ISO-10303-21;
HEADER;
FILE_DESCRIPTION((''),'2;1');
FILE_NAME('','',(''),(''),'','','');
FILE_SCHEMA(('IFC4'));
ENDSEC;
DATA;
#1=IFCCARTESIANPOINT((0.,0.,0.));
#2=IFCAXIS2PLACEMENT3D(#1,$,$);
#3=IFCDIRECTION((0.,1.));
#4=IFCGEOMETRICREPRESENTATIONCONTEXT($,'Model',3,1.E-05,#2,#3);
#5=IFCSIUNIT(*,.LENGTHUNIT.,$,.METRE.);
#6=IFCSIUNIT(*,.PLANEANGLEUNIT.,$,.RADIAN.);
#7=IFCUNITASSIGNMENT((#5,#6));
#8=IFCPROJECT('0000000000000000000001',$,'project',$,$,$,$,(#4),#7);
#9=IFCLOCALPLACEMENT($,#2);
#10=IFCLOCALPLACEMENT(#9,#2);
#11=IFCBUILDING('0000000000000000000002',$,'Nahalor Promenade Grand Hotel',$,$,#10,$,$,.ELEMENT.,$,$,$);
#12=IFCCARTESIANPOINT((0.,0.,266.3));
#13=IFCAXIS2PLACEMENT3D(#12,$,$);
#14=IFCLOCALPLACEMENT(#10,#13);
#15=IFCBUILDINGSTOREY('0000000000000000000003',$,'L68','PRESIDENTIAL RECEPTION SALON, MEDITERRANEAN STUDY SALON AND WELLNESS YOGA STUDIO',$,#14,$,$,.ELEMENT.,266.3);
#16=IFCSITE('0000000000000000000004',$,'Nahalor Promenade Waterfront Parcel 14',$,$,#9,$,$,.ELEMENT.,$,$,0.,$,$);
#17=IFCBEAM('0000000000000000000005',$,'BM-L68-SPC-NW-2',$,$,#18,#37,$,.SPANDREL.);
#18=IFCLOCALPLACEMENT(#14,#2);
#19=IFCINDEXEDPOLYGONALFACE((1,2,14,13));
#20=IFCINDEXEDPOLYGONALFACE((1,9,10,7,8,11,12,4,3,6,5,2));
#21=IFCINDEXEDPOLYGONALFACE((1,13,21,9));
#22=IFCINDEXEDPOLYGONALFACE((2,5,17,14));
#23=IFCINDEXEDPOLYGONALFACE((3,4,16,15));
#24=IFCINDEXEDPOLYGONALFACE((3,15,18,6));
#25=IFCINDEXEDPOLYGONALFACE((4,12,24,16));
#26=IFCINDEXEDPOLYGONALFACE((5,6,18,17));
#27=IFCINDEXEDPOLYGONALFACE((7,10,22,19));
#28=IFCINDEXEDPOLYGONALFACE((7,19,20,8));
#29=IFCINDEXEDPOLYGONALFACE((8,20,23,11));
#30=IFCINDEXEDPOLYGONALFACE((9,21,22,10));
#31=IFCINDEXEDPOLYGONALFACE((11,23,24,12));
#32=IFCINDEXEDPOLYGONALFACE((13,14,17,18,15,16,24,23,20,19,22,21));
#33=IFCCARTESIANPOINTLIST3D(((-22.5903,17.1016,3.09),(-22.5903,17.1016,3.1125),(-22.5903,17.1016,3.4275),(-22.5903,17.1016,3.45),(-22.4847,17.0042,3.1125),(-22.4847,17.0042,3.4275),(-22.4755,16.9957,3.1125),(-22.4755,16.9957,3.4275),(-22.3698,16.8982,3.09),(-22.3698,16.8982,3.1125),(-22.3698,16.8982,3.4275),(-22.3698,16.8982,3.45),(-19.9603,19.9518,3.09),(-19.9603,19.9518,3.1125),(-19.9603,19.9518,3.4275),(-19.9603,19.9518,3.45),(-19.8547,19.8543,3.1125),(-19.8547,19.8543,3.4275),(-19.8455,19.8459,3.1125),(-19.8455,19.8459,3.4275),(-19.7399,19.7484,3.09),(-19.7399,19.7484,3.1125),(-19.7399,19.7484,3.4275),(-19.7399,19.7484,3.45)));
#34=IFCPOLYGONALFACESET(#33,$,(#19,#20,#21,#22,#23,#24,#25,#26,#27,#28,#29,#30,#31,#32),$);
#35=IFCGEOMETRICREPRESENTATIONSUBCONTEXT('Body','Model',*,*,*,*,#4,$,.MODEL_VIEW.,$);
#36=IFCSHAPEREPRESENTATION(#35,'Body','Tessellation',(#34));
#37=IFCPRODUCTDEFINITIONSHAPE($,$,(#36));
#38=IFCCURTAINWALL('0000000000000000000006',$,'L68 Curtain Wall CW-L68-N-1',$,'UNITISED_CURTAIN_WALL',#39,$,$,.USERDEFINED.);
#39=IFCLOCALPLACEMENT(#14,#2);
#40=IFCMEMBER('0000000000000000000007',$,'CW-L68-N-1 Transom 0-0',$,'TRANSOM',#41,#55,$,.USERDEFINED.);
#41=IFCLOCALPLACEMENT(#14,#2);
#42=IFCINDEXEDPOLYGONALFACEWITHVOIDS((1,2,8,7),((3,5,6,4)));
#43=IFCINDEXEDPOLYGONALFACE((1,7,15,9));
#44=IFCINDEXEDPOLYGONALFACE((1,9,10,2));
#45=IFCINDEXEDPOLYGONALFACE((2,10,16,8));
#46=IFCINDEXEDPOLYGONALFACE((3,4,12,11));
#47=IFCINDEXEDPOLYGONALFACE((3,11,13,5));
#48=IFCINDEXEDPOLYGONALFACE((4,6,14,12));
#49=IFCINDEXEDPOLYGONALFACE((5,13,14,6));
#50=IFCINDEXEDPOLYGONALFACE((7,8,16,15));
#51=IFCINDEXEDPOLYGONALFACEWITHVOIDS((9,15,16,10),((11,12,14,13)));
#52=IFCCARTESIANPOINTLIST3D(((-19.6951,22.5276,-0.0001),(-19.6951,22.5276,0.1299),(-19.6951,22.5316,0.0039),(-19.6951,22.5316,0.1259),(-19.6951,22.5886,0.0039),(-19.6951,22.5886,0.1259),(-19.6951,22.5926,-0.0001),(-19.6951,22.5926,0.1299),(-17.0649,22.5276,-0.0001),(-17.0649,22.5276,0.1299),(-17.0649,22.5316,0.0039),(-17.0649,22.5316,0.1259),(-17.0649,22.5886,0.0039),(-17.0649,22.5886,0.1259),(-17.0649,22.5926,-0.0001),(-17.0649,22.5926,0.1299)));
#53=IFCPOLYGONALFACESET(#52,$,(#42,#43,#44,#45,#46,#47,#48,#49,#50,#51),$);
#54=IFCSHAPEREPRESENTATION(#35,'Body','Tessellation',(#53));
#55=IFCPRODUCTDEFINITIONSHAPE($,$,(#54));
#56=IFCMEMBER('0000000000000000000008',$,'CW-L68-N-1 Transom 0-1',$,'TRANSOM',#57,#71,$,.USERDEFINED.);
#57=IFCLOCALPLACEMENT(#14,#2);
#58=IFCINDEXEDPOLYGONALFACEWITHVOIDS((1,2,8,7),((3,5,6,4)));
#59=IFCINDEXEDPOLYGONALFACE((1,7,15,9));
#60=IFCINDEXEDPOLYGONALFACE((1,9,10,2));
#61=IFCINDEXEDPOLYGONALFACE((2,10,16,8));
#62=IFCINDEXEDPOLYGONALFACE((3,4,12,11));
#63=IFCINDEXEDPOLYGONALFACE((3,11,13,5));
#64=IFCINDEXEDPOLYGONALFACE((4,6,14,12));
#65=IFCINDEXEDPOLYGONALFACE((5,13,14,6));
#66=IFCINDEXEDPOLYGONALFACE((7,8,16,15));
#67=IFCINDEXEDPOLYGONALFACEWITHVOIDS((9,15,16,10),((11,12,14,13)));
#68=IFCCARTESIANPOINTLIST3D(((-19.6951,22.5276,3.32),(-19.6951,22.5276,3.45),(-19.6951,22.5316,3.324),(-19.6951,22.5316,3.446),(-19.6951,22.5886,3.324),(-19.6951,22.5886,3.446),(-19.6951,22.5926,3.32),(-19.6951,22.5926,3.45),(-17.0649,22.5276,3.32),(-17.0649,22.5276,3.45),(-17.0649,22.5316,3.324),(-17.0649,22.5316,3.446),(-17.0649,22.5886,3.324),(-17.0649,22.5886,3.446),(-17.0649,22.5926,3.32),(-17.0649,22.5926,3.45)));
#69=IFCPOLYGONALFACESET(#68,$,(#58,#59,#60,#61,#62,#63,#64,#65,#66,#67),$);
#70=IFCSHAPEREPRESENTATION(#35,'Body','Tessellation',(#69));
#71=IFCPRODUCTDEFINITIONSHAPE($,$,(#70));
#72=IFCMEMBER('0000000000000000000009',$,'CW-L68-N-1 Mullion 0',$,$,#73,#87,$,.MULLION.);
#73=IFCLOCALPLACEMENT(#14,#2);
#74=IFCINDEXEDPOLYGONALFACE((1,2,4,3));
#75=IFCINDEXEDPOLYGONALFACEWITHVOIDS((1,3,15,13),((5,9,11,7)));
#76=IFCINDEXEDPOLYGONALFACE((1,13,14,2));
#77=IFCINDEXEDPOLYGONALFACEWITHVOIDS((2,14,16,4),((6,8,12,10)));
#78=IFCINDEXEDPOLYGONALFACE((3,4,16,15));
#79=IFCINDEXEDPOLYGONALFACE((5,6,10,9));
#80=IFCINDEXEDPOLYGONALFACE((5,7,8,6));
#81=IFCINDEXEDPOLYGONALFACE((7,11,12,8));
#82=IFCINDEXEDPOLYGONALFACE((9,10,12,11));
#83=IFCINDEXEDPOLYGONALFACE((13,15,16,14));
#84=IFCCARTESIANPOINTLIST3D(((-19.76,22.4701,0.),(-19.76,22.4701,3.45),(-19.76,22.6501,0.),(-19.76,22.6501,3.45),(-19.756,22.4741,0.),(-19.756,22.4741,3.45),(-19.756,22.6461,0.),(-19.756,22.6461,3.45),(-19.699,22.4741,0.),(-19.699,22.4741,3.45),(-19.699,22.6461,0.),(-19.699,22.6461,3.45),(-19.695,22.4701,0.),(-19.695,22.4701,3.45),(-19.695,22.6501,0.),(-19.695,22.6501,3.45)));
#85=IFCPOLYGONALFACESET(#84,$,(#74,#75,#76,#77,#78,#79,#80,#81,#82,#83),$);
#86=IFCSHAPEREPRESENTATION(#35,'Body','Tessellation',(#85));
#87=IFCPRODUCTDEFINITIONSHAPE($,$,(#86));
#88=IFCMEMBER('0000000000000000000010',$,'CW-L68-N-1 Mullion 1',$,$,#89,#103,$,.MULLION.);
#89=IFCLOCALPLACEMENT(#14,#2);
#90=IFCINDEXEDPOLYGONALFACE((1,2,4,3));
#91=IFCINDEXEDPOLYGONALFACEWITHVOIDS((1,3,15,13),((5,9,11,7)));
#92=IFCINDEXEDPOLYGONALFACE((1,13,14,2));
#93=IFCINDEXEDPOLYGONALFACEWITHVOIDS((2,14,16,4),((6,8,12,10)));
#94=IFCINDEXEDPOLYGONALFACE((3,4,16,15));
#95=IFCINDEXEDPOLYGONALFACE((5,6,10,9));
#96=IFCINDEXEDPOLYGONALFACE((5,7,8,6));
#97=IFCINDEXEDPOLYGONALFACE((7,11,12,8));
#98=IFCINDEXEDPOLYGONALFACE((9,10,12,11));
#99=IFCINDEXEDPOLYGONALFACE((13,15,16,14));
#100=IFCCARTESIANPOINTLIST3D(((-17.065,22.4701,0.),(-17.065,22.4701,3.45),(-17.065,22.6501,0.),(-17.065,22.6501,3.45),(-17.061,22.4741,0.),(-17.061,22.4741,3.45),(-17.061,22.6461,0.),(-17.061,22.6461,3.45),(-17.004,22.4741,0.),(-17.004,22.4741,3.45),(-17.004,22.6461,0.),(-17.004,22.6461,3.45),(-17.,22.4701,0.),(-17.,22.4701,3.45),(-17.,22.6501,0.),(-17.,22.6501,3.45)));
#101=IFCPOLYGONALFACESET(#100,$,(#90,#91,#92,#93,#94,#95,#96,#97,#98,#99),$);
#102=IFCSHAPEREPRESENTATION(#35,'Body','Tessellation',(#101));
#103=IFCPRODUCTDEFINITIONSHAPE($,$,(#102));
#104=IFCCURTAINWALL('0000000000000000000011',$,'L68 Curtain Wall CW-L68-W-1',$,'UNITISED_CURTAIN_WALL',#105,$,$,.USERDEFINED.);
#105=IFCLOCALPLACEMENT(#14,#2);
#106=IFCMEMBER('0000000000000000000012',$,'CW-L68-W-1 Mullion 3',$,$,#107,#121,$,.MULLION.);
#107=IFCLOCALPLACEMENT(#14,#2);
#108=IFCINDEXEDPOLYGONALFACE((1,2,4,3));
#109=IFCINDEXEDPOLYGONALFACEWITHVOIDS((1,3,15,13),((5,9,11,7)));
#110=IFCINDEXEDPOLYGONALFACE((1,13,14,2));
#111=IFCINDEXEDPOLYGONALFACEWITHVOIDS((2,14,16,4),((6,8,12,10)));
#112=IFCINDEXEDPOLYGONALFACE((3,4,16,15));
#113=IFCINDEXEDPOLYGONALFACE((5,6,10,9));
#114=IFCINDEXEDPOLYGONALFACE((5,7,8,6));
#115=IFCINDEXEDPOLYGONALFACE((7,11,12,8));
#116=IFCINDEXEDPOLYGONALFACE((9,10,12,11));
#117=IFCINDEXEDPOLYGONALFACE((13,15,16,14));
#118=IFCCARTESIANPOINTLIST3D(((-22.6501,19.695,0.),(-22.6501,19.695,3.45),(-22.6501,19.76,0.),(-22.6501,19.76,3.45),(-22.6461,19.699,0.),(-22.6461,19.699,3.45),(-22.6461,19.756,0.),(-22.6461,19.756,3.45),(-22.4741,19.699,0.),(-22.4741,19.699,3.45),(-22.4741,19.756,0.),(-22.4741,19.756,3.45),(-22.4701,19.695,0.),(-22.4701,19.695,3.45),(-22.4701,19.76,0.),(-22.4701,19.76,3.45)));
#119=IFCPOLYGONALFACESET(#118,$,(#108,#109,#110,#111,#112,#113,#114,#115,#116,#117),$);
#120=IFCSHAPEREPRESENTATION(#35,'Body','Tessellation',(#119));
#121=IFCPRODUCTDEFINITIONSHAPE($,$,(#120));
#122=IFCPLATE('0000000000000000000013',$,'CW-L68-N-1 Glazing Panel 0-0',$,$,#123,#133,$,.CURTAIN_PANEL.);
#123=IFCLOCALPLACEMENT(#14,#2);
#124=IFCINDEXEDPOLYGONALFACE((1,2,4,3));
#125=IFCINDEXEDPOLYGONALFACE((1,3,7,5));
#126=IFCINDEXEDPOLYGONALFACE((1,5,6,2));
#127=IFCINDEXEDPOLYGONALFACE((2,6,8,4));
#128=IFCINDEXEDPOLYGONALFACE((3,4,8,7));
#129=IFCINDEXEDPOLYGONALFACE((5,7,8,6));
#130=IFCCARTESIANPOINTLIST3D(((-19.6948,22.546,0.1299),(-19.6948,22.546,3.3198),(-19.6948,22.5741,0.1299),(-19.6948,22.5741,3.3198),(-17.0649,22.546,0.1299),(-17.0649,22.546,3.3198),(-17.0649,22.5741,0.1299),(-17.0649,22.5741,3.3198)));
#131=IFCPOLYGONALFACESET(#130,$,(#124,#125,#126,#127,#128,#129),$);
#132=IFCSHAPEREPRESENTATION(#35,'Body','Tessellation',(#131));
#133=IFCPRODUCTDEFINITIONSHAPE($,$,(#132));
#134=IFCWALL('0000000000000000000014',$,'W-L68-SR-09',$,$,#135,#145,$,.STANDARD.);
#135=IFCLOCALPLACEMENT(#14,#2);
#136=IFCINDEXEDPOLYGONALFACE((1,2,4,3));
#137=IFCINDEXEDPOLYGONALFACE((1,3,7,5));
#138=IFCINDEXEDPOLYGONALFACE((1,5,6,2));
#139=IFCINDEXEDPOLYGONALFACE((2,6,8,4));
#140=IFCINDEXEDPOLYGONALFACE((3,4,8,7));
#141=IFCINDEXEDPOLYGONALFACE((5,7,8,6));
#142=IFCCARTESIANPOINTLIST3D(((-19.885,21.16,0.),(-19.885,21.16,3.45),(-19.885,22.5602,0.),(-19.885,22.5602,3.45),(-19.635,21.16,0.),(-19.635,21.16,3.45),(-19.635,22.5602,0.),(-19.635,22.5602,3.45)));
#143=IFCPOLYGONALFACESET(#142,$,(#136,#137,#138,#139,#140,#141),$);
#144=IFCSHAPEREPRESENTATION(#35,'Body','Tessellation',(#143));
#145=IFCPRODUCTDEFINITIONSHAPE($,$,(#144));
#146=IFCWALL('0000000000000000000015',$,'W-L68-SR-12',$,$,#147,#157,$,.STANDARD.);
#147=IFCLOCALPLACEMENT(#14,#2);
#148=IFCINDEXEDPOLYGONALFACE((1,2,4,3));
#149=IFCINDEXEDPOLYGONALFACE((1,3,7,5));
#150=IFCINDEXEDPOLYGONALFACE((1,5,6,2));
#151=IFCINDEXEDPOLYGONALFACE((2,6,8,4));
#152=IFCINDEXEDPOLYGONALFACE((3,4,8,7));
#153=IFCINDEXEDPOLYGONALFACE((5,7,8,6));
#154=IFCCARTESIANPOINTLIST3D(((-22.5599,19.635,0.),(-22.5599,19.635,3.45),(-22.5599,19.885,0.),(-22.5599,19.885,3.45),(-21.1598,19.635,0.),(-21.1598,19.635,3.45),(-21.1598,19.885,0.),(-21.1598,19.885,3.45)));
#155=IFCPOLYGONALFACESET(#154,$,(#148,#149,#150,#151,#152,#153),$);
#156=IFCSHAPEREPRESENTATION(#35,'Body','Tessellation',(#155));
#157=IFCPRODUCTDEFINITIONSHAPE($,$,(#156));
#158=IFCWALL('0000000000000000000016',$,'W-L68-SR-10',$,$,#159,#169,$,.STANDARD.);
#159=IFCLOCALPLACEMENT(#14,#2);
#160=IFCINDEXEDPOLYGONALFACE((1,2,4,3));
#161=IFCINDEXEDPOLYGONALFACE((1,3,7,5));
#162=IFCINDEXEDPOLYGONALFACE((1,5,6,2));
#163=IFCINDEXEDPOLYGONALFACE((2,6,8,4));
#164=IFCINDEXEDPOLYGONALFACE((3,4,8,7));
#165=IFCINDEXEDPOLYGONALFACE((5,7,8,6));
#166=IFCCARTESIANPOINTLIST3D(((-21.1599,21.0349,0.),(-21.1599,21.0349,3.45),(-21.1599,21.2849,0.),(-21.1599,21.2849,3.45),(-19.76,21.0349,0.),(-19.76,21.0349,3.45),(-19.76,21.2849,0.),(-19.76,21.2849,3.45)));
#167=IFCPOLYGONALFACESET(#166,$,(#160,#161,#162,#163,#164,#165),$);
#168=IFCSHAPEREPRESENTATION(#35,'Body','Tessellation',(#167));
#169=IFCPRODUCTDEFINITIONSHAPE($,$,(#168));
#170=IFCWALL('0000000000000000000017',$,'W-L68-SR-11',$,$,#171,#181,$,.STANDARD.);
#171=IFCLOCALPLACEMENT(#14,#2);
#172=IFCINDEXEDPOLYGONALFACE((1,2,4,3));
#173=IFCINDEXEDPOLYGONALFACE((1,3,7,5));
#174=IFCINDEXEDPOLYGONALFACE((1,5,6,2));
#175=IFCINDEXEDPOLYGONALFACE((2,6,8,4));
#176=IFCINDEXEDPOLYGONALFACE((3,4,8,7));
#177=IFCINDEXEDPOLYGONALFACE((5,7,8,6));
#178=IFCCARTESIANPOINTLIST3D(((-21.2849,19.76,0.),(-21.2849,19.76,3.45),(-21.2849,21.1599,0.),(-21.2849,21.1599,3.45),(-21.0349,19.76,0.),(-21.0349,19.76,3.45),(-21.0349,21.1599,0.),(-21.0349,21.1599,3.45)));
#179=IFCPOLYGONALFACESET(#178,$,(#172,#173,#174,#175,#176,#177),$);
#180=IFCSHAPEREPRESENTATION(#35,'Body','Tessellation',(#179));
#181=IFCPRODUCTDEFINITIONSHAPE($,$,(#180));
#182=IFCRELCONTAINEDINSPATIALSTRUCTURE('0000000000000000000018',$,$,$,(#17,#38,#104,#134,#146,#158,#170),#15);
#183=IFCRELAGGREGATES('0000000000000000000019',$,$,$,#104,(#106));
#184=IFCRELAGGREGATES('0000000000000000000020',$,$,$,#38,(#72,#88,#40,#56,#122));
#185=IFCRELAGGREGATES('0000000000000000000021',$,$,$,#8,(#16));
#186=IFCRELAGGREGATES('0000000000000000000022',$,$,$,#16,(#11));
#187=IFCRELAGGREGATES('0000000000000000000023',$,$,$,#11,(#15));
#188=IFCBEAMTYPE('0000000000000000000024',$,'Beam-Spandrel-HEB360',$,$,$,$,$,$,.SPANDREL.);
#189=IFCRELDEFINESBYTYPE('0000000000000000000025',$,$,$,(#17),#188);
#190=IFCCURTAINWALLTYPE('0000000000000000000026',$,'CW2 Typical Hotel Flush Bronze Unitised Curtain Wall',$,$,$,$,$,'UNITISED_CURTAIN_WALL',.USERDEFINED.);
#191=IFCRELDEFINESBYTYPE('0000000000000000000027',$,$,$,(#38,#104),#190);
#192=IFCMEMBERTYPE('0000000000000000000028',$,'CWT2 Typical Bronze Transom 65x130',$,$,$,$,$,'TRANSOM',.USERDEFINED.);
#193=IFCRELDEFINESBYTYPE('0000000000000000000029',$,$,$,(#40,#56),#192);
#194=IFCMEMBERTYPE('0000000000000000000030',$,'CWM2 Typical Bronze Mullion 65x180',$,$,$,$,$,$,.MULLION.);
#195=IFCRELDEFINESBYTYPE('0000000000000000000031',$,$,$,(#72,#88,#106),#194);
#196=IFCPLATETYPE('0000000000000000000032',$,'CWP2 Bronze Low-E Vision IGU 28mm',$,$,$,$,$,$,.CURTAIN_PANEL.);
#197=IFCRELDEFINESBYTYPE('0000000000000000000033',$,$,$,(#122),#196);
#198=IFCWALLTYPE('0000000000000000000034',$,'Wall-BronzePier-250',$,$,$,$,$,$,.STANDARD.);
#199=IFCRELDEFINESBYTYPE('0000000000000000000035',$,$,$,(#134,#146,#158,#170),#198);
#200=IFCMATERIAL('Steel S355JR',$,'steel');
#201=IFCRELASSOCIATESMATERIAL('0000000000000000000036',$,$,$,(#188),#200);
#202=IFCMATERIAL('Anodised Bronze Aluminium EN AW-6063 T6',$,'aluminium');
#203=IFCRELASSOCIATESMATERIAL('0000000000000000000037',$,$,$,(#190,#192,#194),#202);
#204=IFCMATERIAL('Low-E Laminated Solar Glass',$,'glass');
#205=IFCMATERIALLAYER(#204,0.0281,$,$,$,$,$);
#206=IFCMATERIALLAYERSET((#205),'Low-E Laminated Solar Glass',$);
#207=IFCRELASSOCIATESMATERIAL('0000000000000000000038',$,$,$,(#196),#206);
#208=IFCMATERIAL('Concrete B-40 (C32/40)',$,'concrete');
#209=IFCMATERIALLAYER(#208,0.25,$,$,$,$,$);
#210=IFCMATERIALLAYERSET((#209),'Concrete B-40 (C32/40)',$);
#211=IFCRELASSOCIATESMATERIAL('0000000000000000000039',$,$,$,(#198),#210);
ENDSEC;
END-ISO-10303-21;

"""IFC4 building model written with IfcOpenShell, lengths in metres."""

from ifc_helpers import new_model, si_unit, direction, frame, frame_2d, origin, origin_2d, place, context, subcontext, project, spatial, rectangle, hollow_rectangle, i_section, extrude, source, transform, mapped, material, layer, layer_set, material_profile, profile_set, type_object, element, aggregate, save


model = new_model("IFC4")

# Units and contexts
model_context = context("Model", 3, precision=1e-05, world=origin(), true_north=direction((0.0, 1.0)))
body_context = subcontext(model_context, "Body", "Model", "MODEL_VIEW")
ifc_project = project(units=[si_unit("LENGTHUNIT", "METRE"), si_unit("PLANEANGLEUNIT", "RADIAN")], contexts=[model_context])

# Site, building, storey
site_placement = place(None, origin())
site = spatial("IfcSite", under=ifc_project, at=site_placement, Name="Nahalor Promenade Waterfront Parcel 14", CompositionType="ELEMENT", RefElevation=0.0)
building_placement = place(site_placement, origin())
building = spatial("IfcBuilding", under=site, at=building_placement, Name="Nahalor Promenade Grand Hotel", CompositionType="ELEMENT")
storey_placement = place(building_placement, frame((0.0, 0.0, 266.3)))
storey = spatial("IfcBuildingStorey", under=building, at=storey_placement, Name="L68", Description="PRESIDENTIAL RECEPTION SALON, MEDITERRANEAN STUDY SALON AND WELLNESS YOGA STUDIO", CompositionType="ELEMENT", Elevation=266.3)

# Shared definitions
ifc_material_1 = material(Name="Steel S355JR", Category="steel")

# Beam
ifc_material_profile_1 = material_profile(ifc_material_1, i_section(OverallWidth=0.3, OverallDepth=0.36, WebThickness=0.0125, FlangeThickness=0.0225, at=origin_2d()), Name="HEB 360")
ifc_profile_set_1 = profile_set([ifc_material_profile_1], Name="Steel S355JR")
beam_type_1 = type_object("IfcBeamType", Name="Beam-Spandrel-HEB360", PredefinedType="SPANDREL", material=ifc_profile_set_1)
shared_shape_1 = source(origin(), body_context, "Body", "SweptSolid", [
    extrude(i_section(OverallWidth=0.3, OverallDepth=0.36, WebThickness=0.0125, FlangeThickness=0.0225, at=origin_2d()), origin(), (0.0, 0.0, 1.0), 3.8782),
])
for number, where, z_axis, x_axis, name in (
    (1, (-19.8501, 19.8501, 3.27), (-0.678144, -0.734929, 0.0), (0.734929, -0.678144, 0.0), "BM-L68-SPC-NW-2"),
):
    element("IfcBeam", number, at=place(storey_placement, frame(where, z_axis=z_axis, x_axis=x_axis)), inside=storey, type_object=beam_type_1, Name=name, PredefinedType="SPANDREL", context=body_context, shape_type="MappedRepresentation", body=[
        mapped(shared_shape_1, transform((0.0, 0.0, 0.0), scale=1.0)),
    ])

# Curtain wall, members
ifc_material_2 = material(Name="Anodised Bronze Aluminium EN AW-6063 T6", Category="aluminium")
curtain_wall_type = type_object("IfcCurtainWallType", Name="CW2 Typical Hotel Flush Bronze Unitised Curtain Wall", ElementType="UNITISED_CURTAIN_WALL", PredefinedType="USERDEFINED", material=ifc_material_2)
curtain_wall_1_placement = place(storey_placement, origin())
curtain_wall_1 = element("IfcCurtainWall", 2, at=curtain_wall_1_placement, inside=storey, type_object=curtain_wall_type, Name="L68 Curtain Wall CW-L68-N-1", ObjectType="UNITISED_CURTAIN_WALL", PredefinedType="USERDEFINED")
ifc_material_profile_2 = material_profile(ifc_material_2, hollow_rectangle(XDim=0.065, YDim=0.13, WallThickness=0.004, at=origin_2d()), Name="CWT 65x130x4")
ifc_profile_set_2 = profile_set([ifc_material_profile_2], Name="Anodised Bronze Aluminium EN AW-6063 T6")
member_type_1 = type_object("IfcMemberType", Name="CWT2 Typical Bronze Transom 65x130", ElementType="TRANSOM", PredefinedType="USERDEFINED", material=ifc_profile_set_2)
shared_shape_2 = source(origin(), body_context, "Body", "SweptSolid", [
    extrude(hollow_rectangle(XDim=0.065, YDim=0.13, WallThickness=0.004, at=origin_2d()), origin(), (0.0, 0.0, 1.0), 2.6301),
])
member_1_placement = place(storey_placement, frame((-19.6951, 22.5601, 0.0649), z_axis=(1.0, 0.0, 0.0), x_axis=(0.0, 1.0, 0.0)))
member_1 = element("IfcMember", 3, at=member_1_placement, type_object=member_type_1, Name="CW-L68-N-1 Transom 0-0", ObjectType="TRANSOM", PredefinedType="USERDEFINED", context=body_context, shape_type="MappedRepresentation", body=[
    mapped(shared_shape_2, transform((0.0, 0.0, 0.0), scale=1.0)),
])
member_2_placement = place(storey_placement, frame((-19.6951, 22.5601, 3.385), z_axis=(1.0, 0.0, 0.0), x_axis=(0.0, 1.0, 0.0)))
member_2 = element("IfcMember", 4, at=member_2_placement, type_object=member_type_1, Name="CW-L68-N-1 Transom 0-1", ObjectType="TRANSOM", PredefinedType="USERDEFINED", context=body_context, shape_type="MappedRepresentation", body=[
    mapped(shared_shape_2, transform((0.0, 0.0, 0.0), scale=1.0)),
])
ifc_material_profile_3 = material_profile(ifc_material_2, hollow_rectangle(XDim=0.065, YDim=0.18, WallThickness=0.004, at=origin_2d()), Name="CWM 65x180x4")
ifc_profile_set_3 = profile_set([ifc_material_profile_3], Name="Anodised Bronze Aluminium EN AW-6063 T6")
member_type_2 = type_object("IfcMemberType", Name="CWM2 Typical Bronze Mullion 65x180", PredefinedType="MULLION", material=ifc_profile_set_3)
shared_shape_3 = source(origin(), body_context, "Body", "SweptSolid", [
    extrude(hollow_rectangle(XDim=0.065, YDim=0.18, WallThickness=0.004, at=origin_2d()), origin(), (0.0, 0.0, 1.0), 3.45),
])
member_3_placement = place(storey_placement, frame((-19.7275, 22.5601, 0.0), z_axis=(0.0, 0.0, 1.0), x_axis=(1.0, 0.0, 0.0)))
member_3 = element("IfcMember", 5, at=member_3_placement, type_object=member_type_2, Name="CW-L68-N-1 Mullion 0", PredefinedType="MULLION", context=body_context, shape_type="MappedRepresentation", body=[
    mapped(shared_shape_3, transform((0.0, 0.0, 0.0), scale=1.0)),
])
member_4_placement = place(storey_placement, frame((-17.0325, 22.5601, 0.0), z_axis=(0.0, 0.0, 1.0), x_axis=(1.0, 0.0, 0.0)))
member_4 = element("IfcMember", 6, at=member_4_placement, type_object=member_type_2, Name="CW-L68-N-1 Mullion 1", PredefinedType="MULLION", context=body_context, shape_type="MappedRepresentation", body=[
    mapped(shared_shape_3, transform((0.0, 0.0, 0.0), scale=1.0)),
])

# Curtain wall, member
curtain_wall_2_placement = place(storey_placement, origin())
curtain_wall_2 = element("IfcCurtainWall", 7, at=curtain_wall_2_placement, inside=storey, type_object=curtain_wall_type, Name="L68 Curtain Wall CW-L68-W-1", ObjectType="UNITISED_CURTAIN_WALL", PredefinedType="USERDEFINED")
member_5_placement = place(storey_placement, frame((-22.5601, 19.7275, 0.0), z_axis=(0.0, 0.0, 1.0), x_axis=(0.0, 1.0, 0.0)))
member_5 = element("IfcMember", 8, at=member_5_placement, type_object=member_type_2, Name="CW-L68-W-1 Mullion 3", PredefinedType="MULLION", context=body_context, shape_type="MappedRepresentation", body=[
    mapped(shared_shape_3, transform((0.0, 0.0, 0.0), scale=1.0)),
])
aggregate(curtain_wall_2, [member_5])

# Plate
ifc_material_3 = material(Name="Low-E Laminated Solar Glass", Category="glass")
ifc_layer_1 = layer(ifc_material_3, 0.0281)
ifc_layer_set_1 = layer_set([ifc_layer_1], Name="Low-E Laminated Solar Glass")
plate_type = type_object("IfcPlateType", Name="CWP2 Bronze Low-E Vision IGU 28mm", PredefinedType="CURTAIN_PANEL", material=ifc_layer_set_1)
shared_shape_4 = source(origin(), body_context, "Body", "SweptSolid", [
    extrude(rectangle(XDim=2.6299, YDim=0.0281, at=origin_2d()), origin(), (0.0, 0.0, 1.0), 3.1899),
])
plate_placement = place(storey_placement, frame((-18.3799, 22.5601, 0.1299), z_axis=(0.0, 0.0, 1.0), x_axis=(1.0, 0.0, 0.0)))
plate = element("IfcPlate", 9, at=plate_placement, type_object=plate_type, Name="CW-L68-N-1 Glazing Panel 0-0", PredefinedType="CURTAIN_PANEL", context=body_context, shape_type="MappedRepresentation", body=[
    mapped(shared_shape_4, transform((0.0, 0.0, 0.0), scale=1.0)),
])
aggregate(curtain_wall_1, [member_3, member_4, member_1, member_2, plate])

# Walls
ifc_material_4 = material(Name="Concrete B-40 (C32/40)", Category="concrete")
ifc_layer_2 = layer(ifc_material_4, 0.25)
ifc_layer_set_2 = layer_set([ifc_layer_2], Name="Concrete B-40 (C32/40)")
wall_type_1 = type_object("IfcWallType", Name="Wall-BronzePier-250", PredefinedType="STANDARD", material=ifc_layer_set_2)
shared_shape_5 = source(origin(), body_context, "Body", "SweptSolid", [
    extrude(rectangle(XDim=1.4001, YDim=0.25, at=frame_2d((0.7002, 0.0))), origin(), (0.0, 0.0, 1.0), 3.45),
])
for number, where, z_axis, x_axis, name in (
    (10, (-19.76, 21.1599, 0.0), (0.0, 0.0, 1.0), (0.0, 1.0, 0.0), "W-L68-SR-09"),
    (11, (-22.5601, 19.76, 0.0), (0.0, 0.0, 1.0), (1.0, 0.0, 0.0), "W-L68-SR-12"),
):
    element("IfcWall", number, at=place(storey_placement, frame(where, z_axis=z_axis, x_axis=x_axis)), inside=storey, type_object=wall_type_1, Name=name, PredefinedType="STANDARD", context=body_context, shape_type="MappedRepresentation", body=[
        mapped(shared_shape_5, transform((0.0, 0.0, 0.0), scale=1.0)),
    ])
shared_shape_6 = source(origin(), body_context, "Body", "SweptSolid", [
    extrude(rectangle(XDim=1.3999, YDim=0.25, at=frame_2d((0.7, 0.0))), origin(), (0.0, 0.0, 1.0), 3.45),
])
for number, where, z_axis, x_axis, name in (
    (12, (-21.1599, 21.1599, 0.0), (0.0, 0.0, 1.0), (1.0, 0.0, 0.0), "W-L68-SR-10"),
    (13, (-21.1599, 19.76, 0.0), (0.0, 0.0, 1.0), (0.0, 1.0, 0.0), "W-L68-SR-11"),
):
    element("IfcWall", number, at=place(storey_placement, frame(where, z_axis=z_axis, x_axis=x_axis)), inside=storey, type_object=wall_type_1, Name=name, PredefinedType="STANDARD", context=body_context, shape_type="MappedRepresentation", body=[
        mapped(shared_shape_6, transform((0.0, 0.0, 0.0), scale=1.0)),
    ])

save(model, "model.ifc")
